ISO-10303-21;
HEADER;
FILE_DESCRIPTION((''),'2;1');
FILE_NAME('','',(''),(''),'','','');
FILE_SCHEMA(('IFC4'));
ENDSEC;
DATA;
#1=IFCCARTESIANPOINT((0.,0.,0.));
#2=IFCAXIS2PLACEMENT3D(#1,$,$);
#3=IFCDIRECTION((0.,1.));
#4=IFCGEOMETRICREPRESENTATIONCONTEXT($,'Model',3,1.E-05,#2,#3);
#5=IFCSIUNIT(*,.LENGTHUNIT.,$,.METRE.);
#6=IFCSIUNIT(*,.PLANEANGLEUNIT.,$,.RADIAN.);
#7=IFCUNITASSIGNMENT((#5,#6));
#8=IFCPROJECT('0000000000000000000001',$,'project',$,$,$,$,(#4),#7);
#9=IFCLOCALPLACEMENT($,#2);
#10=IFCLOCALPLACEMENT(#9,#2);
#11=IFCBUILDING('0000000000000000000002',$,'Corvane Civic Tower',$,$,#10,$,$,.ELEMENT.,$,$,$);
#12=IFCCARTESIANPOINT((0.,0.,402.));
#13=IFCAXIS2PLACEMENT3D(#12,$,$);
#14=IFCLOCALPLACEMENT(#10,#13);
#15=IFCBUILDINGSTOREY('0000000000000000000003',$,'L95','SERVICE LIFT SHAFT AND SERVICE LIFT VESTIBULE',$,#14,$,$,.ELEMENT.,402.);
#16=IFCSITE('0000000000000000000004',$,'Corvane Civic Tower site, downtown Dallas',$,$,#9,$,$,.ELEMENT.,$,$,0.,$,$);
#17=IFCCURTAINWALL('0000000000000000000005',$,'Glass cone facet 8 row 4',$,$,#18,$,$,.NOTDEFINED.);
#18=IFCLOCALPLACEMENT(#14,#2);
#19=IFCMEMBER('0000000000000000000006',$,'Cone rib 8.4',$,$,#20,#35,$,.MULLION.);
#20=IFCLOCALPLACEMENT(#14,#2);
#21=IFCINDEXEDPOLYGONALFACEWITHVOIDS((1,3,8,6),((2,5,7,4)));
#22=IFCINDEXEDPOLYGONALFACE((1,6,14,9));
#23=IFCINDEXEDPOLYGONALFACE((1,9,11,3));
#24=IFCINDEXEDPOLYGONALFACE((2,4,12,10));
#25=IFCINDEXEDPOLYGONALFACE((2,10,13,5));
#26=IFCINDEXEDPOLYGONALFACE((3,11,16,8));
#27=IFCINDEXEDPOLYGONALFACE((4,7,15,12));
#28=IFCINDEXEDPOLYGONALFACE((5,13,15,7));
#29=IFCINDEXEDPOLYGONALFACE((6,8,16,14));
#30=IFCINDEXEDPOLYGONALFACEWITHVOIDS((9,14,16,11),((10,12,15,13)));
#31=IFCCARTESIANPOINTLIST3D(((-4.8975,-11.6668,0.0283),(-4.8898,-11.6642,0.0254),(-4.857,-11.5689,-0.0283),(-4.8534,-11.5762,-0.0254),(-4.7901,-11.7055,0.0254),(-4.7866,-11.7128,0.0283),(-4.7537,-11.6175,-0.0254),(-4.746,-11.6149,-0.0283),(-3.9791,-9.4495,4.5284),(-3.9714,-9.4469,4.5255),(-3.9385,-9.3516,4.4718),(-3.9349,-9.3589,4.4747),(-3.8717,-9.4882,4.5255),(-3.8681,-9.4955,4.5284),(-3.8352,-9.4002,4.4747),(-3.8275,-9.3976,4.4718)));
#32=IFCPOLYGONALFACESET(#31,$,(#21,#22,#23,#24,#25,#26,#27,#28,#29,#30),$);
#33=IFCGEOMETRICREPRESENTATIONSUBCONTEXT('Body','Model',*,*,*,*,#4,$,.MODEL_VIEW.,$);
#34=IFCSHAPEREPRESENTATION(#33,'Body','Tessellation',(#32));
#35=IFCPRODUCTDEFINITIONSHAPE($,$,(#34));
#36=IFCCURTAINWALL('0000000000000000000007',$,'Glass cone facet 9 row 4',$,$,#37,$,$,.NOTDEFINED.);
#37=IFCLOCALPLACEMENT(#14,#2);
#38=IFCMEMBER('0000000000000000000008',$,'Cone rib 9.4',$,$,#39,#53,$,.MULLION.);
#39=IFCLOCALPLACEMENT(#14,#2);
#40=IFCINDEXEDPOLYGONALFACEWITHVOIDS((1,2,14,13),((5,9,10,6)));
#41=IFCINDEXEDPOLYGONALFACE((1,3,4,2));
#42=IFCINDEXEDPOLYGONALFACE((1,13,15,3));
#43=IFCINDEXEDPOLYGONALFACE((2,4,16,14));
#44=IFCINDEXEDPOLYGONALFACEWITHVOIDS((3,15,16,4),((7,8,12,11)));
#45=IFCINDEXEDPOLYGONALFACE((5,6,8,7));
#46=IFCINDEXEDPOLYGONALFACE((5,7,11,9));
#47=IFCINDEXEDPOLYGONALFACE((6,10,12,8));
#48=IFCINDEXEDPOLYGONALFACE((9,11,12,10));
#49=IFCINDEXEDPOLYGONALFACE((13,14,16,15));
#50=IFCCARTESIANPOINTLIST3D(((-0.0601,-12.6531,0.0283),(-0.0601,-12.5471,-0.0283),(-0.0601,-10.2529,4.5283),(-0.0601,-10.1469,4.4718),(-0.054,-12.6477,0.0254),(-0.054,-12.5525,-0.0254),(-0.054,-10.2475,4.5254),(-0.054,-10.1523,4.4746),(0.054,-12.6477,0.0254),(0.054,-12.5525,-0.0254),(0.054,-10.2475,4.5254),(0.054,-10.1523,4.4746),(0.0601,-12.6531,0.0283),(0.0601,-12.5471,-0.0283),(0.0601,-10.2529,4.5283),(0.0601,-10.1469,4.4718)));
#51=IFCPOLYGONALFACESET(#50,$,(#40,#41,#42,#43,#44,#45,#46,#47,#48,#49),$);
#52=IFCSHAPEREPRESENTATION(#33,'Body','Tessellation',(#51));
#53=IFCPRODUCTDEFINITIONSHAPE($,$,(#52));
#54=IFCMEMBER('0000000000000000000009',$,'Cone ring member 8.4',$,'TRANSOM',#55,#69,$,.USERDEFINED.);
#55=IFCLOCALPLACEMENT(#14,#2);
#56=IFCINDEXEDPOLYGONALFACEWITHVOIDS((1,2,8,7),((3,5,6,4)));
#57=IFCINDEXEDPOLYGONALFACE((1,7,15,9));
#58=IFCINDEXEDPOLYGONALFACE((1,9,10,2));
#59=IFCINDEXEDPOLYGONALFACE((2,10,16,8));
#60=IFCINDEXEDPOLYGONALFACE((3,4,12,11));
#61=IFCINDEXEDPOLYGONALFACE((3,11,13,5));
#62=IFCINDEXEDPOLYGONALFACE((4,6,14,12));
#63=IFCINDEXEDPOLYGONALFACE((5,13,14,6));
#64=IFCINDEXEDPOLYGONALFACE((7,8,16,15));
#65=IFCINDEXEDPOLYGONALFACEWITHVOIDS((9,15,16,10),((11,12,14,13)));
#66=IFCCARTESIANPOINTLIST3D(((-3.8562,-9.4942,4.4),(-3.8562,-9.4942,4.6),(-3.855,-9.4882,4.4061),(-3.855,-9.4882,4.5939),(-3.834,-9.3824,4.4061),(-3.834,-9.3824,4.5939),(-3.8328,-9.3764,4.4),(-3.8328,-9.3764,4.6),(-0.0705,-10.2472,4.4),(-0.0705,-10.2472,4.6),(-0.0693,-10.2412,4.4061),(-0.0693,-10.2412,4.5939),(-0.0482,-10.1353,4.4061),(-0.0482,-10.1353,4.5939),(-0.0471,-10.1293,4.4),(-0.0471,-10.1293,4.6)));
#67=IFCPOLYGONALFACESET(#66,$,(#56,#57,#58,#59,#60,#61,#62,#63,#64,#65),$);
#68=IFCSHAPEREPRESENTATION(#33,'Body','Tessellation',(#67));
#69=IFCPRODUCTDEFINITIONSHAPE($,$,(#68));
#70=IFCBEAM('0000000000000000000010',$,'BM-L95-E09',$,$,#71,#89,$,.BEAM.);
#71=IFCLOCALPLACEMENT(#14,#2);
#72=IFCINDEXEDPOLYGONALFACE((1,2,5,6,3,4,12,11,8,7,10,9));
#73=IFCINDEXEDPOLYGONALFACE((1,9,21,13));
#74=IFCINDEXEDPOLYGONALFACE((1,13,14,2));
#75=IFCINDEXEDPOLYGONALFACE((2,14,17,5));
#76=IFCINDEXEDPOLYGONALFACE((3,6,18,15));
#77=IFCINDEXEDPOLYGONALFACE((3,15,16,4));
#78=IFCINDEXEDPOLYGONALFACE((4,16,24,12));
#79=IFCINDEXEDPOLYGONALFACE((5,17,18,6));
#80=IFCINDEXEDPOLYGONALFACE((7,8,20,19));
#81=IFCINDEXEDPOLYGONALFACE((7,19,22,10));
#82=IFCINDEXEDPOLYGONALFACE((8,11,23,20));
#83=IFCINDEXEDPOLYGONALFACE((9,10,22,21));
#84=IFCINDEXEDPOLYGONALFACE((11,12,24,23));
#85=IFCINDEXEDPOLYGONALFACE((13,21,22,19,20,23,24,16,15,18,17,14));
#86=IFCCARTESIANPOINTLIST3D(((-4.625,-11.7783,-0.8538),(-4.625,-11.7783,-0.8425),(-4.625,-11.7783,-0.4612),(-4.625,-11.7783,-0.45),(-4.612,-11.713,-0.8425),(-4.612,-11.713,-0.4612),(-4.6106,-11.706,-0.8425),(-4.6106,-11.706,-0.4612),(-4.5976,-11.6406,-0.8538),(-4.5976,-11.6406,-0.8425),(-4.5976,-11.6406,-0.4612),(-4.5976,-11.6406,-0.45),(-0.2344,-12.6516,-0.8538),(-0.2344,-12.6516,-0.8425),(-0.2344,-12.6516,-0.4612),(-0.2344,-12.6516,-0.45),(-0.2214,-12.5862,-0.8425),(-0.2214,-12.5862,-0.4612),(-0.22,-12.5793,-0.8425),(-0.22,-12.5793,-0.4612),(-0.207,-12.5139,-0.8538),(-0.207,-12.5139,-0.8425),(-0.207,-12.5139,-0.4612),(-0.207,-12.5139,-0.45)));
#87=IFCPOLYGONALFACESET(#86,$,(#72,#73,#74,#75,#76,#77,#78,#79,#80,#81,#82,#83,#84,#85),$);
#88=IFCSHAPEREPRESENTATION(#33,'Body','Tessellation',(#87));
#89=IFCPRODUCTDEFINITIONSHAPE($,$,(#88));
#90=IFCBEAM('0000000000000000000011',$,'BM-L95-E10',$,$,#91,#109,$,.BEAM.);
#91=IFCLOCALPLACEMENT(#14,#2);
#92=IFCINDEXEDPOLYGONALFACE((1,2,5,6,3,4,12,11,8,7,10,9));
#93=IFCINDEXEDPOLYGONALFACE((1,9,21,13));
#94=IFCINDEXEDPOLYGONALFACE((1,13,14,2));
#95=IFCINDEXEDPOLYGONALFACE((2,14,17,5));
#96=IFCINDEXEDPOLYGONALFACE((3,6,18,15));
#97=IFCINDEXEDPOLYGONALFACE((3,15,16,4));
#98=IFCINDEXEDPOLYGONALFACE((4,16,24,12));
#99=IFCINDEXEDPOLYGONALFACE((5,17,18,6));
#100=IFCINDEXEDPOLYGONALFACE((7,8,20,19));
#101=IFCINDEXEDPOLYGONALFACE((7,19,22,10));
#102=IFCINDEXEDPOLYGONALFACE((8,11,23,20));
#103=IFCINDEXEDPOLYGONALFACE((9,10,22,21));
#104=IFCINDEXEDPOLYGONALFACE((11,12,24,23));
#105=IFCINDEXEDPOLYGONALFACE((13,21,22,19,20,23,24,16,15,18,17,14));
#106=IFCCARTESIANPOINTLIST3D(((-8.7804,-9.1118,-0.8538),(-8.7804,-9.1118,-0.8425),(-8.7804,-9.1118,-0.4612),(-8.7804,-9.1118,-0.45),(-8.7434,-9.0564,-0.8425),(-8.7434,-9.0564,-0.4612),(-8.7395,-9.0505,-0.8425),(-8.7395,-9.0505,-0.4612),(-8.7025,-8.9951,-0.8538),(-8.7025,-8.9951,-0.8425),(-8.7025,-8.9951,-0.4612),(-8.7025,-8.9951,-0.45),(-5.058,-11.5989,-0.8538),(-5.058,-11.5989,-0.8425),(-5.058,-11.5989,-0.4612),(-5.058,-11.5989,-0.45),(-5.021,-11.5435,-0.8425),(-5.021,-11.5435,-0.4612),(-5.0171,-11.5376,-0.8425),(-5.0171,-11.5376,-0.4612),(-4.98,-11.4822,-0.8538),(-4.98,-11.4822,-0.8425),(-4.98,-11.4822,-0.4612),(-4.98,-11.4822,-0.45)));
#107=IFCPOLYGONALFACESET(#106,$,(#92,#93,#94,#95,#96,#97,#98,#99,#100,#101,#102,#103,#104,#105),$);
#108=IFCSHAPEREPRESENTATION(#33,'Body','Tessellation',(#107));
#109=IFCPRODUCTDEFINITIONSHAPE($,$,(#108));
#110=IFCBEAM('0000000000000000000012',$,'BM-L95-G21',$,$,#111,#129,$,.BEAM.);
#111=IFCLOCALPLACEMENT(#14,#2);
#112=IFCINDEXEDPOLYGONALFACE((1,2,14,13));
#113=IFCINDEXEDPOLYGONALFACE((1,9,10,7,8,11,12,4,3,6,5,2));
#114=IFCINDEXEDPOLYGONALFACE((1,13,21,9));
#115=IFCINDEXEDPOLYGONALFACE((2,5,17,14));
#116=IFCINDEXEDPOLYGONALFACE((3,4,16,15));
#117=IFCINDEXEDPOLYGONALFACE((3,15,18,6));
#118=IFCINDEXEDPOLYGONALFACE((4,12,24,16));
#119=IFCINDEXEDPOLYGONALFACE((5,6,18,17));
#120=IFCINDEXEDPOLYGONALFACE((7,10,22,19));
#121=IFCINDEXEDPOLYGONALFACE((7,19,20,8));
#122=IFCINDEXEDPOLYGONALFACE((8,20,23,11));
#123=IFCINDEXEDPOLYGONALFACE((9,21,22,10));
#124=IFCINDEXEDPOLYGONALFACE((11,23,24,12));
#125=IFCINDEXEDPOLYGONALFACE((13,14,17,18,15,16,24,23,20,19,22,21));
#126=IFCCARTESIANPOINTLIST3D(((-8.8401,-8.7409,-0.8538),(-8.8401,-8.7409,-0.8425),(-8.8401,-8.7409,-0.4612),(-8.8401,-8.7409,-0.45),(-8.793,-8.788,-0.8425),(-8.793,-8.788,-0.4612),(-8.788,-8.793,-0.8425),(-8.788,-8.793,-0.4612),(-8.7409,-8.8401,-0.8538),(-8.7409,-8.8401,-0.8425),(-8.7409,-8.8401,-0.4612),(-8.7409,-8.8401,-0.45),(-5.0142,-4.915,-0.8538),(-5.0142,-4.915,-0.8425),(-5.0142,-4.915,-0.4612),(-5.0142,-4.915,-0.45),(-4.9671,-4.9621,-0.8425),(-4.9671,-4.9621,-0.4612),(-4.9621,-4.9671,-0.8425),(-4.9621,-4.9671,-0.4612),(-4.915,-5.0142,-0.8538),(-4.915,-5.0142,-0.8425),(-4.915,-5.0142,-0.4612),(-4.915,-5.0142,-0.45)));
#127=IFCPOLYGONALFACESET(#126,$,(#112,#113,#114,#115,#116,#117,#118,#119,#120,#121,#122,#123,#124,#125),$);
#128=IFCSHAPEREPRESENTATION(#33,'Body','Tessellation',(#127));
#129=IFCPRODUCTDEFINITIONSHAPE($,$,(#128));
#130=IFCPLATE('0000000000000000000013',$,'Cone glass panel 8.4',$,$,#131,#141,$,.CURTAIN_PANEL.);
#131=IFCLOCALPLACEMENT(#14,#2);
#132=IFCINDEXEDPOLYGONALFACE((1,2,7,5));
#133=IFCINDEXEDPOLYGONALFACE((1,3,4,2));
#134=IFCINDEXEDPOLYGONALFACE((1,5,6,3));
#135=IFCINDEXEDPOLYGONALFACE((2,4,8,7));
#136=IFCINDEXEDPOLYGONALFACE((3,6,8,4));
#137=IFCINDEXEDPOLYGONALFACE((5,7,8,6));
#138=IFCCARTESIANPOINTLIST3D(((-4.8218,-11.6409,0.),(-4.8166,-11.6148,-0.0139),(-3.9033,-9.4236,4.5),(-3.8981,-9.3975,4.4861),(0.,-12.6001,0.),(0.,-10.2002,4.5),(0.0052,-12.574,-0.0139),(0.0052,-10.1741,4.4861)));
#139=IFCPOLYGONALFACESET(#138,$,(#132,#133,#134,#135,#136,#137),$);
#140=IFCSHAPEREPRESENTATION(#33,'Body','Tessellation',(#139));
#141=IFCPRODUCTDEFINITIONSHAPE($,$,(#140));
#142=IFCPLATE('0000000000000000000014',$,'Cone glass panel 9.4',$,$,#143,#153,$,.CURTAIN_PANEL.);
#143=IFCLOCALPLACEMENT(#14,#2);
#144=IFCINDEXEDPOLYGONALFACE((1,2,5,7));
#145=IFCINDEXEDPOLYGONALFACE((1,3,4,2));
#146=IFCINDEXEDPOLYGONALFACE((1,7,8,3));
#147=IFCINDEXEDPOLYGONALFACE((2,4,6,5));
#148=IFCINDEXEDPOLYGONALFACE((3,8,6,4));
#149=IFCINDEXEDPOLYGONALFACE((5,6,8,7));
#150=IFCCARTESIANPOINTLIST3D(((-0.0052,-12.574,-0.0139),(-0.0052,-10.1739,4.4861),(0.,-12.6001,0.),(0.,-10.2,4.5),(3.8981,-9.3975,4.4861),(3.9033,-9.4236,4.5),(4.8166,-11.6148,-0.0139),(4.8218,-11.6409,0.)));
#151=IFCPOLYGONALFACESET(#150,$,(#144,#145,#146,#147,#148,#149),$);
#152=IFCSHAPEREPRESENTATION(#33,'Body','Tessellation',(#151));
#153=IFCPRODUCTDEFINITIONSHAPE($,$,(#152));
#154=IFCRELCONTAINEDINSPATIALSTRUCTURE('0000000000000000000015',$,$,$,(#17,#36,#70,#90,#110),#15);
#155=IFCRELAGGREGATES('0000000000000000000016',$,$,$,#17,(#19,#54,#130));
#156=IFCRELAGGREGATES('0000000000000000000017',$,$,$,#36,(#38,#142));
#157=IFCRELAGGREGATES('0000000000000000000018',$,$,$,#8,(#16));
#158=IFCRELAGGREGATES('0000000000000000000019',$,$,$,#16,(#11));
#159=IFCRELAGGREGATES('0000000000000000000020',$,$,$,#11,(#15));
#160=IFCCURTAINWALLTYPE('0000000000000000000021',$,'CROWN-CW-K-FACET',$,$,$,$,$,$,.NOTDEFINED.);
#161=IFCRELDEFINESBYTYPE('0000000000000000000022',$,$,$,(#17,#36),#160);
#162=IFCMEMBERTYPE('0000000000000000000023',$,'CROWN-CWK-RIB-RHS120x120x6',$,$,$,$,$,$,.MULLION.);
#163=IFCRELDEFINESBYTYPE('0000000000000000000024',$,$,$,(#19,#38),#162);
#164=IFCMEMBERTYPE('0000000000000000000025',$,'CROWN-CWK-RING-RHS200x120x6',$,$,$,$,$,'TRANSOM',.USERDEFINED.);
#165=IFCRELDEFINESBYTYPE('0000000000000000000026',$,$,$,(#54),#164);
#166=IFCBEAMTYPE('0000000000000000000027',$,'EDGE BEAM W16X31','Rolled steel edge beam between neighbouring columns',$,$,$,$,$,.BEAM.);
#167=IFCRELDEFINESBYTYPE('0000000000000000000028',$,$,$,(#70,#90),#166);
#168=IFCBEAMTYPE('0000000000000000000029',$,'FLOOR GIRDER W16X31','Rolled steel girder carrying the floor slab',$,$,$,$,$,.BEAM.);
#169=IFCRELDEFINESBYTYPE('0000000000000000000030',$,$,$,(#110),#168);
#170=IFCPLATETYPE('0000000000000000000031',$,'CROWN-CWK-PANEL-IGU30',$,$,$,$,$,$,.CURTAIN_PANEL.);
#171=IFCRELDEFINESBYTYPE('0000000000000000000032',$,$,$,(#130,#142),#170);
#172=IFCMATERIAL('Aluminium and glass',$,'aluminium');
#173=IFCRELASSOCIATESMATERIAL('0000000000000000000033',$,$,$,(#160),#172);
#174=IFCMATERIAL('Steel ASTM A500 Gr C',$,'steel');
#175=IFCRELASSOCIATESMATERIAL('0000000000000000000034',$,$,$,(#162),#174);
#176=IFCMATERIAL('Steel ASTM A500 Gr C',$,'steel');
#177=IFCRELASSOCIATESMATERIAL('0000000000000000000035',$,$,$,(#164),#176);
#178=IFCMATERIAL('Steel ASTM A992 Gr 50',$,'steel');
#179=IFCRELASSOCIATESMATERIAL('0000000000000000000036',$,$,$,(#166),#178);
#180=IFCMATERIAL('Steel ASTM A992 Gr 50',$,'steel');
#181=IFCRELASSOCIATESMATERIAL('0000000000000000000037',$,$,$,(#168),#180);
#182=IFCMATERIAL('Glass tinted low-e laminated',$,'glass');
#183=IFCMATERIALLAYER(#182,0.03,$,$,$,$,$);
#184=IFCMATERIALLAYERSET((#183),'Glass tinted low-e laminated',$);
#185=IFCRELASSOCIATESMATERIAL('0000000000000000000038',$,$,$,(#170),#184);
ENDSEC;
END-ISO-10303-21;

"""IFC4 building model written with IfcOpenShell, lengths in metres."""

from ifc_helpers import new_model, si_unit, direction, frame, origin, origin_2d, place, context, subcontext, project, spatial, polyline, hollow_rectangle, i_section, outline, extrude, material, layer, layer_set, material_profile, profile_set, type_object, element, aggregate, save


model = new_model("IFC4")

# Units and contexts
model_context = context("Model", 3, precision=1e-05, world=origin(), true_north=direction((0.0, 1.0)))
body_context = subcontext(model_context, "Body", "Model", "MODEL_VIEW")
ifc_project = project(units=[si_unit("LENGTHUNIT", "METRE"), si_unit("PLANEANGLEUNIT", "RADIAN")], contexts=[model_context])

# Site, building, storey
site_placement = place(None, origin())
site = spatial("IfcSite", under=ifc_project, at=site_placement, Name="Corvane Civic Tower site, downtown Dallas", CompositionType="ELEMENT", RefElevation=0.0)
building_placement = place(site_placement, origin())
building = spatial("IfcBuilding", under=site, at=building_placement, Name="Corvane Civic Tower", CompositionType="ELEMENT")
storey_placement = place(building_placement, frame((0.0, 0.0, 402.0)))
storey = spatial("IfcBuildingStorey", under=building, at=storey_placement, Name="L95", Description="SERVICE LIFT SHAFT AND SERVICE LIFT VESTIBULE", CompositionType="ELEMENT", Elevation=402.0)

# Shared definitions
ifc_material_1 = material(Name="Aluminium and glass", Category="aluminium")
curtain_wall_type = type_object("IfcCurtainWallType", Name="CROWN-CW-K-FACET", PredefinedType="NOTDEFINED", material=ifc_material_1)

# Curtain wall, member
curtain_wall_1_placement = place(storey_placement, origin())
curtain_wall_1 = element("IfcCurtainWall", 1, at=curtain_wall_1_placement, inside=storey, type_object=curtain_wall_type, Name="Glass cone facet 8 row 4", PredefinedType="NOTDEFINED")
ifc_material_2 = material(Name="Steel ASTM A500 Gr C", Category="steel")
ifc_material_profile_1 = material_profile(ifc_material_2, hollow_rectangle(XDim=0.1201, YDim=0.1201, WallThickness=0.0061, at=origin_2d()), Name="RHS 120x120x6")
ifc_profile_set_1 = profile_set([ifc_material_profile_1], Name="Steel ASTM A500 Gr C")
member_type_1 = type_object("IfcMemberType", Name="CROWN-CWK-RIB-RHS120x120x6", PredefinedType="MULLION", material=ifc_profile_set_1)
member_1_placement = place(storey_placement, frame((-4.8218, -11.6409, 0.0), z_axis=(0.18009, 0.434762, 0.882354), x_axis=(-0.923875, 0.382693, 0.0)))
member_1 = element("IfcMember", 2, at=member_1_placement, type_object=member_type_1, Name="Cone rib 8.4", PredefinedType="MULLION", context=body_context, shape_type="SweptSolid", body=[
    extrude(hollow_rectangle(XDim=0.1201, YDim=0.1201, WallThickness=0.0061, at=origin_2d()), origin(), (0.0, 0.0, 1.0), 5.1001),
])

# Curtain wall, member
curtain_wall_2_placement = place(storey_placement, origin())
curtain_wall_2 = element("IfcCurtainWall", 3, at=curtain_wall_2_placement, inside=storey, type_object=curtain_wall_type, Name="Glass cone facet 9 row 4", PredefinedType="NOTDEFINED")
member_2_placement = place(storey_placement, frame((0.0, -12.6001, 0.0), z_axis=(0.0, 0.470611, 0.882341), x_axis=(-1.0, 0.0, 0.0)))
member_2 = element("IfcMember", 4, at=member_2_placement, type_object=member_type_1, Name="Cone rib 9.4", PredefinedType="MULLION", context=body_context, shape_type="SweptSolid", body=[
    extrude(hollow_rectangle(XDim=0.1201, YDim=0.1201, WallThickness=0.0061, at=origin_2d()), origin(), (0.0, 0.0, 1.0), 5.1001),
])

# Member
ifc_material_3 = material(Name="Steel ASTM A500 Gr C", Category="steel")
ifc_material_profile_2 = material_profile(ifc_material_3, hollow_rectangle(XDim=0.1201, YDim=0.2, WallThickness=0.0061, at=origin_2d()), Name="RHS 200x120x6")
ifc_profile_set_2 = profile_set([ifc_material_profile_2], Name="Steel ASTM A500 Gr C")
member_type_2 = type_object("IfcMemberType", Name="CROWN-CWK-RING-RHS200x120x6", ElementType="TRANSOM", PredefinedType="USERDEFINED", material=ifc_profile_set_2)
member_3_placement = place(storey_placement, frame((-3.8445, -9.4353, 4.5), z_axis=(0.980789, -0.19507, 0.0), x_axis=(0.19507, 0.980789, 0.0)))
member_3 = element("IfcMember", 5, at=member_3_placement, type_object=member_type_2, Name="Cone ring member 8.4", ObjectType="TRANSOM", PredefinedType="USERDEFINED", context=body_context, shape_type="SweptSolid", body=[
    extrude(hollow_rectangle(XDim=0.1201, YDim=0.2, WallThickness=0.0061, at=origin_2d()), origin(), (0.0, 0.0, 1.0), 3.8599),
])

# Beams
ifc_material_4 = material(Name="Steel ASTM A992 Gr 50", Category="steel")
ifc_material_profile_3 = material_profile(ifc_material_4, i_section(OverallWidth=0.1404, OverallDepth=0.4038, WebThickness=0.0071, FlangeThickness=0.0112, at=origin_2d()), Name="W16X31")
ifc_profile_set_3 = profile_set([ifc_material_profile_3], Name="Steel ASTM A992 Gr 50")
beam_type_1 = type_object("IfcBeamType", Name="EDGE BEAM W16X31", Description="Rolled steel edge beam between neighbouring columns", PredefinedType="BEAM", material=ifc_profile_set_3)
beam_1_placement = place(storey_placement, frame((-0.2207, -12.5828, -0.6519), z_axis=(-0.980788, 0.195078, 0.0), x_axis=(-0.195078, -0.980788, 0.0)))
element("IfcBeam", 6, at=beam_1_placement, inside=storey, type_object=beam_type_1, Name="BM-L95-E09", PredefinedType="BEAM", context=body_context, shape_type="SweptSolid", body=[
    extrude(i_section(OverallWidth=0.1404, OverallDepth=0.4038, WebThickness=0.0071, FlangeThickness=0.0112, at=origin_2d()), origin(), (0.0, 0.0, 1.0), 4.4766),
])
beam_2_placement = place(storey_placement, frame((-5.019, -11.5405, -0.6519), z_axis=(-0.831488, 0.555543, 0.0), x_axis=(-0.555543, -0.831488, 0.0)))
element("IfcBeam", 7, at=beam_2_placement, inside=storey, type_object=beam_type_1, Name="BM-L95-E10", PredefinedType="BEAM", context=body_context, shape_type="SweptSolid", body=[
    extrude(i_section(OverallWidth=0.1404, OverallDepth=0.4038, WebThickness=0.0071, FlangeThickness=0.0112, at=origin_2d()), origin(), (0.0, 0.0, 1.0), 4.4768),
])
ifc_material_5 = material(Name="Steel ASTM A992 Gr 50", Category="steel")
ifc_material_profile_4 = material_profile(ifc_material_5, i_section(OverallWidth=0.1404, OverallDepth=0.4038, WebThickness=0.0071, FlangeThickness=0.0112, at=origin_2d()), Name="W16X31")
ifc_profile_set_4 = profile_set([ifc_material_profile_4], Name="Steel ASTM A992 Gr 50")
beam_type_2 = type_object("IfcBeamType", Name="FLOOR GIRDER W16X31", Description="Rolled steel girder carrying the floor slab", PredefinedType="BEAM", material=ifc_profile_set_4)
beam_3_placement = place(storey_placement, frame((-4.9646, -4.9646, -0.6519), z_axis=(-0.707107, -0.707107, 0.0), x_axis=(0.707107, -0.707107, 0.0)))
element("IfcBeam", 8, at=beam_3_placement, inside=storey, type_object=beam_type_2, Name="BM-L95-G21", PredefinedType="BEAM", context=body_context, shape_type="SweptSolid", body=[
    extrude(i_section(OverallWidth=0.1404, OverallDepth=0.4038, WebThickness=0.0071, FlangeThickness=0.0112, at=origin_2d()), origin(), (0.0, 0.0, 1.0), 5.4106),
])

# Plates
ifc_material_6 = material(Name="Glass tinted low-e laminated", Category="glass")
ifc_layer_1 = layer(ifc_material_6, 0.03)
ifc_layer_set_1 = layer_set([ifc_layer_1], Name="Glass tinted low-e laminated")
plate_type = type_object("IfcPlateType", Name="CROWN-CWK-PANEL-IGU30", PredefinedType="CURTAIN_PANEL", material=ifc_layer_set_1)
plate_1_placement = place(storey_placement, frame((-4.8218, -11.6409, 0.0), z_axis=(-0.172899, -0.869068, 0.463494), x_axis=(0.980779, -0.195122, 0.000004)))
plate_1 = element("IfcPlate", 9, at=plate_1_placement, type_object=plate_type, Name="Cone glass panel 8.4", PredefinedType="CURTAIN_PANEL", context=body_context, shape_type="SweptSolid", body=[
    extrude(outline(polyline([(0.0, 0.0), (4.9163, 0.0), (4.448, 5.0784), (0.4682, 5.0785), (0.0, 0.0)])), origin(), (0.0, 0.0, -1.0), 0.03),
])
aggregate(curtain_wall_1, [member_1, member_3, plate_1])
plate_2_placement = place(storey_placement, frame((0.0, -12.6001, 0.0), z_axis=(0.172874, -0.869063, 0.463513), x_axis=(0.980783, 0.195101, 0.000007)))
plate_2 = element("IfcPlate", 10, at=plate_2_placement, type_object=plate_type, Name="Cone glass panel 9.4", PredefinedType="CURTAIN_PANEL", context=body_context, shape_type="SweptSolid", body=[
    extrude(outline(polyline([(0.0, 0.0), (4.9163, 0.0), (4.4481, 5.0785), (0.4683, 5.0785), (0.0, 0.0)])), origin(), (0.0, 0.0, -1.0), 0.03),
])
aggregate(curtain_wall_2, [member_2, plate_2])

save(model, "model.ifc")
